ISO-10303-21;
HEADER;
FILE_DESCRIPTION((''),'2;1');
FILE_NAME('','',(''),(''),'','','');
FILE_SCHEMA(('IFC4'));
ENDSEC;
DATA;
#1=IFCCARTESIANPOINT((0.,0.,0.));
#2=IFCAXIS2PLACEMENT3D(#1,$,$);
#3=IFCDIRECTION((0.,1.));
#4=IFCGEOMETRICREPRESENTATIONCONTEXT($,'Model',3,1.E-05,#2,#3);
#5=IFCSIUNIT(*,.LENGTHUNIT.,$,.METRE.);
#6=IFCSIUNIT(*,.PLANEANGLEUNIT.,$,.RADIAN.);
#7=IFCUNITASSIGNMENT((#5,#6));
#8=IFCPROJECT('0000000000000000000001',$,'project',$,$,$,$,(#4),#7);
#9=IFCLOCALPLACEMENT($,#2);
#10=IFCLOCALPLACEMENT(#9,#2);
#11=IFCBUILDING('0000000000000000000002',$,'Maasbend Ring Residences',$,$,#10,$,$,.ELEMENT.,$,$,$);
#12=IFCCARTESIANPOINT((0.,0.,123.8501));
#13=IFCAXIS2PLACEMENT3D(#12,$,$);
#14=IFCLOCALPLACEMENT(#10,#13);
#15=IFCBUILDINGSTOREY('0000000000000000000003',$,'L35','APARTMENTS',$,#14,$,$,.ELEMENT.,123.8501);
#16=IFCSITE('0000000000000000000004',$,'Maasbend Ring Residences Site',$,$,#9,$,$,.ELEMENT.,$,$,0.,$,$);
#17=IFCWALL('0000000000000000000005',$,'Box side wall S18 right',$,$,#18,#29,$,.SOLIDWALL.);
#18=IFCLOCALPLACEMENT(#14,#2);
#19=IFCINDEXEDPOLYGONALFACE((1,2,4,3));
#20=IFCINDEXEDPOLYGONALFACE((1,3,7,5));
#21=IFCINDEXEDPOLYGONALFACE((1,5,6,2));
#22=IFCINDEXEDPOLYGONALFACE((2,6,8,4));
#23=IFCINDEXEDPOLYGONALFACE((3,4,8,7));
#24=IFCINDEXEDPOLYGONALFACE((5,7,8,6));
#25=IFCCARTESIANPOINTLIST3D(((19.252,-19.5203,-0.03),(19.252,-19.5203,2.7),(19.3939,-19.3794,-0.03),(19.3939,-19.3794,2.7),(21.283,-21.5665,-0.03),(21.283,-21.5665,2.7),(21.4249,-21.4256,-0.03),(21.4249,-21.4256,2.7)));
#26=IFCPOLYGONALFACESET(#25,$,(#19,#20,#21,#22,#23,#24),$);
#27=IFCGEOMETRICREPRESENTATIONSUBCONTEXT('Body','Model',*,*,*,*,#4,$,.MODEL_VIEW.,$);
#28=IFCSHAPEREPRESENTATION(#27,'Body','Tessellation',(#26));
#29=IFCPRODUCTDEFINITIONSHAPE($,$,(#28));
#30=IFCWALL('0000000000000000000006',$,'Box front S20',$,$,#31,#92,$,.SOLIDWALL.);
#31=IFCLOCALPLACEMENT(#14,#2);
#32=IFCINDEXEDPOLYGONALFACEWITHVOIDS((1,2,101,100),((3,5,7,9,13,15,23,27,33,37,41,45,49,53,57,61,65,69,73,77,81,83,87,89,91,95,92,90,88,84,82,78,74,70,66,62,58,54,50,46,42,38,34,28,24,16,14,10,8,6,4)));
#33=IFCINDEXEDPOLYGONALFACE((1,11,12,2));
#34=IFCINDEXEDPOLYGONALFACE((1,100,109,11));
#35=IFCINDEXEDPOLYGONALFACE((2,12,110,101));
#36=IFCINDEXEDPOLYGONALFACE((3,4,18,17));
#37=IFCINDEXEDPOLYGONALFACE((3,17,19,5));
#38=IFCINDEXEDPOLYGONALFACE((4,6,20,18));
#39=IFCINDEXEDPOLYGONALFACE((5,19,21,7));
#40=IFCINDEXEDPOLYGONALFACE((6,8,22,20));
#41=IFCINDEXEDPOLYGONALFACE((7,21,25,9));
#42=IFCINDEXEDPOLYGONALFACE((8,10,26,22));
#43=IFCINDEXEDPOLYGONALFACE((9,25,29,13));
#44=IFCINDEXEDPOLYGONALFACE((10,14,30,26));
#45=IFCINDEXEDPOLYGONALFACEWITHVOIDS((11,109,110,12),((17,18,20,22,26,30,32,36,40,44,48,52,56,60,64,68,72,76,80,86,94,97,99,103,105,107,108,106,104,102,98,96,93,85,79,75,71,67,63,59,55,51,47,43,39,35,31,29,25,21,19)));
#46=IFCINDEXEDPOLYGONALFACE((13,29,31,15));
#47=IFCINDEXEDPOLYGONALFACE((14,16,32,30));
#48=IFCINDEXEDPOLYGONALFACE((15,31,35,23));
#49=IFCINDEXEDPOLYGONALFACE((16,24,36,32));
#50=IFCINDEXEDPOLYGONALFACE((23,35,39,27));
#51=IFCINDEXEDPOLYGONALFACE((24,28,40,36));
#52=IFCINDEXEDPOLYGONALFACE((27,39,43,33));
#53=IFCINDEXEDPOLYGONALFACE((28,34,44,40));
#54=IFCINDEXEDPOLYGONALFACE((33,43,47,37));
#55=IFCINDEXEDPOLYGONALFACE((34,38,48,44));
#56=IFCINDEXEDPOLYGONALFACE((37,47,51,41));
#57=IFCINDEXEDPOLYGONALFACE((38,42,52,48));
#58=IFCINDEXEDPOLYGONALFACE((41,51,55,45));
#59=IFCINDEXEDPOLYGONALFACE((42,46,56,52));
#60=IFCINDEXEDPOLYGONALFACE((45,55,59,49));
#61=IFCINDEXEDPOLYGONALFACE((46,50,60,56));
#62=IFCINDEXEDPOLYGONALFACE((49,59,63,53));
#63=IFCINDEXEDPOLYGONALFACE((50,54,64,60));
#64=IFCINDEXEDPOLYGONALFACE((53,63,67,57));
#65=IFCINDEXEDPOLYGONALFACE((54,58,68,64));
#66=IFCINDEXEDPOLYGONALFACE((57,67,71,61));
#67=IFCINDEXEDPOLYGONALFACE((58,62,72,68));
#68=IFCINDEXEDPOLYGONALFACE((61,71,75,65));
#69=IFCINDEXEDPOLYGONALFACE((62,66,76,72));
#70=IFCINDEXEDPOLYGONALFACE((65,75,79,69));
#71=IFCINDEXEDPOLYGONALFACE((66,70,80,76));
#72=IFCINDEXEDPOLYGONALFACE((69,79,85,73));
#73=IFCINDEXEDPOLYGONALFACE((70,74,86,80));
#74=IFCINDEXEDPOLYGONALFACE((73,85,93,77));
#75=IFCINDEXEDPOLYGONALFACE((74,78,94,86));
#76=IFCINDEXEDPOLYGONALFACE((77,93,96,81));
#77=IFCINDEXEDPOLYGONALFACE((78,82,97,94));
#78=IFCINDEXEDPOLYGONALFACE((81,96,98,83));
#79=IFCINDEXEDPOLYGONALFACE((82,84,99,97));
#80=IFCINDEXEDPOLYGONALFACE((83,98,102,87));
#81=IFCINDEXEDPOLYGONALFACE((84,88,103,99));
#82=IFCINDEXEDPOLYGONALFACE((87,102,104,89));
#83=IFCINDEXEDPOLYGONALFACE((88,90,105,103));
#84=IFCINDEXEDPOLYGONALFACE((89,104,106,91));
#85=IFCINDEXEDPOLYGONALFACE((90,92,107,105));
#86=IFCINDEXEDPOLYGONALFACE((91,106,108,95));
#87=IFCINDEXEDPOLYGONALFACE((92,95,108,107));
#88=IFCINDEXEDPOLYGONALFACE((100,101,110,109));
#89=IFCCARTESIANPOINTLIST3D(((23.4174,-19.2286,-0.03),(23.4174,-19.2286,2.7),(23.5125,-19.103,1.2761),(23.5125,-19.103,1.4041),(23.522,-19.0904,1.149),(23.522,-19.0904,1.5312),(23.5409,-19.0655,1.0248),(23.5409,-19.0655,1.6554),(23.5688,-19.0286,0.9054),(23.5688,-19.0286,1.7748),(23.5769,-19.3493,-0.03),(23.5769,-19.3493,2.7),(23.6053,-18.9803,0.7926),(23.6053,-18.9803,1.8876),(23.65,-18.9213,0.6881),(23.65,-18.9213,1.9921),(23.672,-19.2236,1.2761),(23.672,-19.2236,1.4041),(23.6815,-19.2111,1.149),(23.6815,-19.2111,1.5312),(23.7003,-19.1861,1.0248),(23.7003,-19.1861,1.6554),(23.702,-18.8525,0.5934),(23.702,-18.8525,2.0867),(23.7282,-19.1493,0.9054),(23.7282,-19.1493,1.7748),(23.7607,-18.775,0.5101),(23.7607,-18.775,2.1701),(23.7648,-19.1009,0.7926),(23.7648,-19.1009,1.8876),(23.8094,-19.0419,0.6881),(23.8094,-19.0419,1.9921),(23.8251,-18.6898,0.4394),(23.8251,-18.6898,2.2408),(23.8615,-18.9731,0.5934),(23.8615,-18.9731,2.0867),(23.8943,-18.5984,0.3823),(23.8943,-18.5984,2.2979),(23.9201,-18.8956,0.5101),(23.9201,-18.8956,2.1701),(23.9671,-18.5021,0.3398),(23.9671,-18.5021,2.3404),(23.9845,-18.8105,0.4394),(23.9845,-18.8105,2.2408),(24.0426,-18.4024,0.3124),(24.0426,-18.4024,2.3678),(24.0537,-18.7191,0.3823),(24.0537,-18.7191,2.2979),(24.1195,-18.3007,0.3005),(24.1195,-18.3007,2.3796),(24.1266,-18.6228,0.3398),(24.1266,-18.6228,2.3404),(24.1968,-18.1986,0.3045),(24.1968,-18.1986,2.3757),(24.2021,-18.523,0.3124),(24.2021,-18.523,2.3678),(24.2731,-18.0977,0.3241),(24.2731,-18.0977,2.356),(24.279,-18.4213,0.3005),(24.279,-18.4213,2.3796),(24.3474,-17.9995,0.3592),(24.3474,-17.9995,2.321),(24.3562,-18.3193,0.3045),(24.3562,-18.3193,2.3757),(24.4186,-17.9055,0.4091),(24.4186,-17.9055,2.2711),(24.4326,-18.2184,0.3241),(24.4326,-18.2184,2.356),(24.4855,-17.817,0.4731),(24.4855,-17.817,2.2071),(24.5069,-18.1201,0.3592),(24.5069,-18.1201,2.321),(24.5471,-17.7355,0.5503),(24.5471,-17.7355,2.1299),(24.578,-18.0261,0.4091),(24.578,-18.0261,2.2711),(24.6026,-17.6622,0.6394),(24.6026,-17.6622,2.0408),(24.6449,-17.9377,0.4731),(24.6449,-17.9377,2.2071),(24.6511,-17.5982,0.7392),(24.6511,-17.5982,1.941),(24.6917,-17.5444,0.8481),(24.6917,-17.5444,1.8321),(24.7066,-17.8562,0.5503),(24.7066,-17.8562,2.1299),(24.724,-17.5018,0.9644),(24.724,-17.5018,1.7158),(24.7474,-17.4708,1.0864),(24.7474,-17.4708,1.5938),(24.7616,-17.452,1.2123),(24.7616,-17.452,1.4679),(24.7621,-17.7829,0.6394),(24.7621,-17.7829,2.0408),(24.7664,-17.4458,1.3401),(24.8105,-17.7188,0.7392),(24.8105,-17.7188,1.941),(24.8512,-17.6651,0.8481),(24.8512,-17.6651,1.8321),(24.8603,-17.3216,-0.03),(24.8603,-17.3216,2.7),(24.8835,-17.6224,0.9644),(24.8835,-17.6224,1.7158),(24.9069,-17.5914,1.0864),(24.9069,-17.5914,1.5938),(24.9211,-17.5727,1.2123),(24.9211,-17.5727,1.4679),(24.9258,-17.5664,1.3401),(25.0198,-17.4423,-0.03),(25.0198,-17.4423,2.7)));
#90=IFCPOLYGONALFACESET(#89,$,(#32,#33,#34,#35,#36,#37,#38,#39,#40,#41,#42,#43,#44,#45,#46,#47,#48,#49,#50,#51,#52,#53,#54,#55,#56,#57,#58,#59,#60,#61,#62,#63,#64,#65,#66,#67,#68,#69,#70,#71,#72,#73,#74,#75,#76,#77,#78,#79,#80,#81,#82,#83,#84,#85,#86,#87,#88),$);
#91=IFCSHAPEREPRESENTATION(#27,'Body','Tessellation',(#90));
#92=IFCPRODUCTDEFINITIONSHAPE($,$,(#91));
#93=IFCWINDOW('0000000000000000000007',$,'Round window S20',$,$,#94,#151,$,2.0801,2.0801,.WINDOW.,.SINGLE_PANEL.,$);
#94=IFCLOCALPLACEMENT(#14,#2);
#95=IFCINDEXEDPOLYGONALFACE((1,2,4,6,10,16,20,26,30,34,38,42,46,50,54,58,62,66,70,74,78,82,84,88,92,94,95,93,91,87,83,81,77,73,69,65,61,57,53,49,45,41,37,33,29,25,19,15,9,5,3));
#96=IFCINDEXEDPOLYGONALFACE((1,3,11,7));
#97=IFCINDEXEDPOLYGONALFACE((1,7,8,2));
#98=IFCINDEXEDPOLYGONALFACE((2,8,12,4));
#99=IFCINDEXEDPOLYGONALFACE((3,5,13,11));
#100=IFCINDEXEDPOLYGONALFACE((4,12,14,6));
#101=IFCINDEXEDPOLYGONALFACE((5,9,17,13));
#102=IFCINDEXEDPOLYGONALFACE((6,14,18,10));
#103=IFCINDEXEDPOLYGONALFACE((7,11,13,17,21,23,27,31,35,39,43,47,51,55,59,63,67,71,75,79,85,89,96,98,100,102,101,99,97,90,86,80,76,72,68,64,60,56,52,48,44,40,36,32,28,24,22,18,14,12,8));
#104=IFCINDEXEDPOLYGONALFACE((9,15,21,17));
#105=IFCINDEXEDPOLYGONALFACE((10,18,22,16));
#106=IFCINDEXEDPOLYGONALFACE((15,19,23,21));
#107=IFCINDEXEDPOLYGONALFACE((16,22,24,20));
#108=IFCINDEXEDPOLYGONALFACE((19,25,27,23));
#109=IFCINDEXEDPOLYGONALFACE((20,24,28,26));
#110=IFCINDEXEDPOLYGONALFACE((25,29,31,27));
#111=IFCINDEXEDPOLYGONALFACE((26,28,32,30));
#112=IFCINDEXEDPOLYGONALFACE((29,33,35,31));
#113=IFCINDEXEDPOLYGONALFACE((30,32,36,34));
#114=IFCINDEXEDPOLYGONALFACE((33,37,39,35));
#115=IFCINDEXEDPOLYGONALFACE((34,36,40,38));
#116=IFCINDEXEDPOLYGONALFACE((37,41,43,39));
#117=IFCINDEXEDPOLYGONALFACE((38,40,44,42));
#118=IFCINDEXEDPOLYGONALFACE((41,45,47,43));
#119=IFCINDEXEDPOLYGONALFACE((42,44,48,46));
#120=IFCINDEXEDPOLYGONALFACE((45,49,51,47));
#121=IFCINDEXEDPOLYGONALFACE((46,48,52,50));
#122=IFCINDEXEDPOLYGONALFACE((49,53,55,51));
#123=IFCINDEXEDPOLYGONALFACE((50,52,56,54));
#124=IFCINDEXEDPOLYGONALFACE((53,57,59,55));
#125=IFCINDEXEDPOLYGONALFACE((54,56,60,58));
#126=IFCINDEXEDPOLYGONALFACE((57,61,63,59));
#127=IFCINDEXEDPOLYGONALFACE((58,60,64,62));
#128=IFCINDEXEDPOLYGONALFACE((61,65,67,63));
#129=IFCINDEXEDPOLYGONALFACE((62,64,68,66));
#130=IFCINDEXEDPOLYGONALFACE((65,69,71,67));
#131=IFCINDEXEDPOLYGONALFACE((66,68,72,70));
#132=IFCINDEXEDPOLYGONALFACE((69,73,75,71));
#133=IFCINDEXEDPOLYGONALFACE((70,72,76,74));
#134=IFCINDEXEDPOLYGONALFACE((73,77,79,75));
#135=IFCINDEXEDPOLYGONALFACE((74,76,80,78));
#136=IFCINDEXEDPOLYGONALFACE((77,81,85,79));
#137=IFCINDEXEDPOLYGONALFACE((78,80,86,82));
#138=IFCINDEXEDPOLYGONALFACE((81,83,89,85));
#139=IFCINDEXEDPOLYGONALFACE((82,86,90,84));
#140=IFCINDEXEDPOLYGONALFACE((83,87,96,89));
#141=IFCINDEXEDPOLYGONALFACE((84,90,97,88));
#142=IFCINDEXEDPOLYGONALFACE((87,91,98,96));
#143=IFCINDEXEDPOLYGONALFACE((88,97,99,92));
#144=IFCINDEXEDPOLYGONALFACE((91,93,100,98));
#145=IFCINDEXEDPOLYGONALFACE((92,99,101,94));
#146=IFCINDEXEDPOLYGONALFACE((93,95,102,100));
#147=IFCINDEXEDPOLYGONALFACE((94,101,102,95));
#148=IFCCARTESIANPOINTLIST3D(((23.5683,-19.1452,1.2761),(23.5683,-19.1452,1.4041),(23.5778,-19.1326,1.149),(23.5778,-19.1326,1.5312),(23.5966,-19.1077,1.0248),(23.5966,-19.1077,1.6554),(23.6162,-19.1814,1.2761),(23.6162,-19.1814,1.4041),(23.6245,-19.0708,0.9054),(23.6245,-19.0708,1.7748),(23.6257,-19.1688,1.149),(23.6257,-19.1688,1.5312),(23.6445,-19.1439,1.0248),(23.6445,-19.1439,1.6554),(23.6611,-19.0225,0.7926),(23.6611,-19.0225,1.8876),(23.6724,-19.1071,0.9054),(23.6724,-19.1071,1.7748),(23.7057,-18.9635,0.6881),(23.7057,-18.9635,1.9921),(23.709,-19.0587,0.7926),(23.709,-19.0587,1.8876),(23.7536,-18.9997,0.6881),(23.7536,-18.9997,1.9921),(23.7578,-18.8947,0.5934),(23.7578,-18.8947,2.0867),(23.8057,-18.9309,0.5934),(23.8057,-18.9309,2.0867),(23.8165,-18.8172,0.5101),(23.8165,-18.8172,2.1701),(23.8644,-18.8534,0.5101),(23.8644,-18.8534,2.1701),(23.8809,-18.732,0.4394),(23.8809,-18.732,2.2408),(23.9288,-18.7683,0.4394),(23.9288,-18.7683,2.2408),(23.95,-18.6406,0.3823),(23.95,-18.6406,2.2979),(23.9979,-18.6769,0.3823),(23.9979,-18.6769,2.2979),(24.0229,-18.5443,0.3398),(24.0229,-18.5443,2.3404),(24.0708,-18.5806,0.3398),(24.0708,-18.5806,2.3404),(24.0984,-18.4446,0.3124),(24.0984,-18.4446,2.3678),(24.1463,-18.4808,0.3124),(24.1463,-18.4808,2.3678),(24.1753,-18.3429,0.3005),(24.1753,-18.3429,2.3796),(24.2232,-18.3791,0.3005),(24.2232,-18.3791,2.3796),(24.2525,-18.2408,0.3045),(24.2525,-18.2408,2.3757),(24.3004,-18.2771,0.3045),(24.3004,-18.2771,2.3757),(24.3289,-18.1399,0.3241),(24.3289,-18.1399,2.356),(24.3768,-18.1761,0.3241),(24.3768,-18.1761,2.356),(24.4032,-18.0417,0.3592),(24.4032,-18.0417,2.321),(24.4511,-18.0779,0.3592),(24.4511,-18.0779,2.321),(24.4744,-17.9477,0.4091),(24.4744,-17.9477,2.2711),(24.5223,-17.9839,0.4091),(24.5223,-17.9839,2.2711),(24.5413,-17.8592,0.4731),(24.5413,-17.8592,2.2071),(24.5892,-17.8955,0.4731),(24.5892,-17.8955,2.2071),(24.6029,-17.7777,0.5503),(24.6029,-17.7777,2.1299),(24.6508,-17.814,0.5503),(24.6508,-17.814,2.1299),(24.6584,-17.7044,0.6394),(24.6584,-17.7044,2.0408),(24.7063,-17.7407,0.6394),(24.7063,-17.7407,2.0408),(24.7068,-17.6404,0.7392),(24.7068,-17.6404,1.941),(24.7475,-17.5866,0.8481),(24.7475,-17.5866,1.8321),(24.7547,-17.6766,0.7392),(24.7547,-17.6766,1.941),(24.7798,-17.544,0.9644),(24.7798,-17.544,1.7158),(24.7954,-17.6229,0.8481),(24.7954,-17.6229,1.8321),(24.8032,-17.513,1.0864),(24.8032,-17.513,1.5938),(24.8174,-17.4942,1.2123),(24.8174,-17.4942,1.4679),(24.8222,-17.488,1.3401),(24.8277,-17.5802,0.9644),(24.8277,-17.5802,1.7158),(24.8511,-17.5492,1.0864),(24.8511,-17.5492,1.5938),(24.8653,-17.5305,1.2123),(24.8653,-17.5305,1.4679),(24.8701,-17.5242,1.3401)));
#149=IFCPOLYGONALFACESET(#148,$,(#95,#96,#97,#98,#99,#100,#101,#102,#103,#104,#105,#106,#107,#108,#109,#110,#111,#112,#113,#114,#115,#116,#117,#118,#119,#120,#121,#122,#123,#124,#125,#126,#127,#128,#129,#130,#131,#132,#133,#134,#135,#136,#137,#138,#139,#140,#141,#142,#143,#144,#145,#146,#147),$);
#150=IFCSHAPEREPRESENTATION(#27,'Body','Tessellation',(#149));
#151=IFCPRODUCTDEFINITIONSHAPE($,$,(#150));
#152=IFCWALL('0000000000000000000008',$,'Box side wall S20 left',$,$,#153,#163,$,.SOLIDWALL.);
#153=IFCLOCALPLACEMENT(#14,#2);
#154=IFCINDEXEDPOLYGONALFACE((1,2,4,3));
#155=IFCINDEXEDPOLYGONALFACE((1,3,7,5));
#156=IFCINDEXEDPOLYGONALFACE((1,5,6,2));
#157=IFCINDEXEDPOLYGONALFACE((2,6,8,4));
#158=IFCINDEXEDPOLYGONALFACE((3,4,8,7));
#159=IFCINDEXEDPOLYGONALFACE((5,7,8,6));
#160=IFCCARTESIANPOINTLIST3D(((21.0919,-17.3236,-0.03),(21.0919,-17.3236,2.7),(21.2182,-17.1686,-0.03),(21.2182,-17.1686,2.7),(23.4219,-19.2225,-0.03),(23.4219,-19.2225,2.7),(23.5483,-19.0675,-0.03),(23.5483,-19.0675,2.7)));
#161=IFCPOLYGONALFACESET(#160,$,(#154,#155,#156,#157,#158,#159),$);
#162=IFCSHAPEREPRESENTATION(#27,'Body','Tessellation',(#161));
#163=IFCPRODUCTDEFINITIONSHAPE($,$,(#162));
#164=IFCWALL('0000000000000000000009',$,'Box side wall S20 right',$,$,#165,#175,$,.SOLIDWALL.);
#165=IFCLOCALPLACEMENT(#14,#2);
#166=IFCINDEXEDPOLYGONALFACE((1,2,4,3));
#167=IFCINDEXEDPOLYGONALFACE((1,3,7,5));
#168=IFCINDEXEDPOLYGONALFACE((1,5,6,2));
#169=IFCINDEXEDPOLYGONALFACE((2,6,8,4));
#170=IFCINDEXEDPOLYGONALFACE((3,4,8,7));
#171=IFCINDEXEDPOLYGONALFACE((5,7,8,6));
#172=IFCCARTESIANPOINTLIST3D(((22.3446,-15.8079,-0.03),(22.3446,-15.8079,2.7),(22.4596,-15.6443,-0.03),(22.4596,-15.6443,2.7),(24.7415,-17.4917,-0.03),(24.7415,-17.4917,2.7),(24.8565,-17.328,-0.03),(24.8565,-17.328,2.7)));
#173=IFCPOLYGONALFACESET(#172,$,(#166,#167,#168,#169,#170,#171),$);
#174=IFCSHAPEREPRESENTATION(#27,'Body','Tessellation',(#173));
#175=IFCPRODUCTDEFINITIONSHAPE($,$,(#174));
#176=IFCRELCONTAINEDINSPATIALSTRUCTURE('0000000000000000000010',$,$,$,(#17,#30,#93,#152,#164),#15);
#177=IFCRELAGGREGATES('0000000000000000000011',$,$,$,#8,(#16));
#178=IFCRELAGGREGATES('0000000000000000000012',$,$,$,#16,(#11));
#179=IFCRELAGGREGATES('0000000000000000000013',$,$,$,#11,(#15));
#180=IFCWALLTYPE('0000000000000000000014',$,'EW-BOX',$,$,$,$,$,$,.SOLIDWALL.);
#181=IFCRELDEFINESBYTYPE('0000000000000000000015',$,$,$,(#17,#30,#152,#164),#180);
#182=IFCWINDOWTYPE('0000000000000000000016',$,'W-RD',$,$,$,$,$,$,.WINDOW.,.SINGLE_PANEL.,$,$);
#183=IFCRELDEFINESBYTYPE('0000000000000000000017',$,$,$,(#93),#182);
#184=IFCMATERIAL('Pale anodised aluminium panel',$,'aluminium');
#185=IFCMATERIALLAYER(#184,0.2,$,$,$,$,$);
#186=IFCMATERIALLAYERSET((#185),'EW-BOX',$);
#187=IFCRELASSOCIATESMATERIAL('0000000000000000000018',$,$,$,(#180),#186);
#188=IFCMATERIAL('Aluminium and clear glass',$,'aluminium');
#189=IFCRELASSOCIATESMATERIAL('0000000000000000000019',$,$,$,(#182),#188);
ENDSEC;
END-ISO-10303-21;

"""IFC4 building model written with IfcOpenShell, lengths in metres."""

from ifc_helpers import new_model, si_unit, direction, frame, frame_2d, origin, place, context, subcontext, project, spatial, rectangle, circle, extrude, material, layer, layer_set, type_object, element, fill, save


model = new_model("IFC4")

# Units and contexts
model_context = context("Model", 3, precision=1e-05, world=origin(), true_north=direction((0.0, 1.0)))
body_context = subcontext(model_context, "Body", "Model", "MODEL_VIEW")
ifc_project = project(units=[si_unit("LENGTHUNIT", "METRE"), si_unit("PLANEANGLEUNIT", "RADIAN")], contexts=[model_context])

# Site, building, storey
site_placement = place(None, origin())
site = spatial("IfcSite", under=ifc_project, at=site_placement, Name="Maasbend Ring Residences Site", CompositionType="ELEMENT", RefElevation=0.0)
building_placement = place(site_placement, origin())
building = spatial("IfcBuilding", under=site, at=building_placement, Name="Maasbend Ring Residences", CompositionType="ELEMENT")
storey_placement = place(building_placement, frame((0.0, 0.0, 123.8501)))
storey = spatial("IfcBuildingStorey", under=building, at=storey_placement, Name="L35", Description="APARTMENTS", CompositionType="ELEMENT", Elevation=123.8501)

# Shared definitions
ifc_material_1 = material(Name="Pale anodised aluminium panel", Category="aluminium")
ifc_layer_1 = layer(ifc_material_1, 0.2)
ifc_layer_set_1 = layer_set([ifc_layer_1], Name="EW-BOX")
wall_type_1 = type_object("IfcWallType", Name="EW-BOX", PredefinedType="SOLIDWALL", material=ifc_layer_set_1)
ifc_material_2 = material(Name="Aluminium and clear glass", Category="aluminium")
window_type_1 = type_object("IfcWindowType", Name="W-RD", PartitioningType="SINGLE_PANEL", PredefinedType="WINDOW", material=ifc_material_2)

# Wall
wall_1_placement = place(storey_placement, frame((19.323, -19.45, -0.03), z_axis=(0.0, 0.0, 1.0), x_axis=(0.704477, -0.709727, 0.0)))
element("IfcWall", 1, at=wall_1_placement, inside=storey, type_object=wall_type_1, Name="Box side wall S18 right", PredefinedType="SOLIDWALL", context=body_context, shape_type="SweptSolid", body=[
    extrude(rectangle(XDim=2.8831, YDim=0.2, at=frame_2d((1.4414, 0.0))), origin(), (0.0, 0.0, 1.0), 2.73),
])

# Wall, opening, window
wall_2_placement = place(storey_placement, frame((23.4971, -19.2891, -0.03), z_axis=(0.0, 0.0, 1.0), x_axis=(0.603376, 0.797457, 0.0)))
wall_2 = element("IfcWall", 2, at=wall_2_placement, inside=storey, type_object=wall_type_1, Name="Box front S20", PredefinedType="SOLIDWALL", context=body_context, shape_type="SweptSolid", body=[
    extrude(rectangle(XDim=2.3914, YDim=0.2, at=frame_2d((1.1958, 0.0))), origin(), (0.0, 0.0, 1.0), 2.73),
])
opening_1_placement = place(wall_2_placement, frame((0.1558, 0.0, 0.3301)))
opening_1 = element("IfcOpeningElement", 3, at=opening_1_placement, cuts=wall_2, PredefinedType="OPENING", context=body_context, shape_type="SweptSolid", body=[
    extrude(circle(Radius=1.04, at=frame_2d((1.04, 1.04))), frame((0.0, 0.1099, 0.0), z_axis=(0.0, -1.0, 0.0), x_axis=(1.0, 0.0, 0.0)), (0.0, 0.0, 1.0), 0.22),
])
window_1_placement = place(opening_1_placement, origin())
window_1 = element("IfcWindow", 4, at=window_1_placement, inside=storey, type_object=window_type_1, Name="Round window S20", OverallHeight=2.0801, OverallWidth=2.0801, PartitioningType="SINGLE_PANEL", PredefinedType="WINDOW", context=body_context, shape_type="SweptSolid", body=[
    extrude(circle(Radius=1.04, at=frame_2d((1.04, 1.04))), frame((0.0, 0.03, 0.0), z_axis=(0.0, -1.0, 0.0), x_axis=(1.0, 0.0, 0.0)), (0.0, 0.0, 1.0), 0.0601),
])
fill(opening_1, window_1)

# Walls
wall_3_placement = place(storey_placement, frame((21.155, -17.2461, -0.03), z_axis=(0.0, 0.0, 1.0), x_axis=(0.775179, -0.631742, 0.0)))
element("IfcWall", 5, at=wall_3_placement, inside=storey, type_object=wall_type_1, Name="Box side wall S20 left", PredefinedType="SOLIDWALL", context=body_context, shape_type="SweptSolid", body=[
    extrude(rectangle(XDim=3.0059, YDim=0.2, at=frame_2d((1.5029, 0.0))), origin(), (0.0, 0.0, 1.0), 2.73),
])
wall_4_placement = place(storey_placement, frame((22.4021, -15.7261, -0.03), z_axis=(0.0, 0.0, 1.0), x_axis=(0.818275, -0.574826, 0.0)))
element("IfcWall", 6, at=wall_4_placement, inside=storey, type_object=wall_type_1, Name="Box side wall S20 right", PredefinedType="SOLIDWALL", context=body_context, shape_type="SweptSolid", body=[
    extrude(rectangle(XDim=2.9292, YDim=0.2, at=frame_2d((1.4646, 0.0))), origin(), (0.0, 0.0, 1.0), 2.73),
])

save(model, "model.ifc")
